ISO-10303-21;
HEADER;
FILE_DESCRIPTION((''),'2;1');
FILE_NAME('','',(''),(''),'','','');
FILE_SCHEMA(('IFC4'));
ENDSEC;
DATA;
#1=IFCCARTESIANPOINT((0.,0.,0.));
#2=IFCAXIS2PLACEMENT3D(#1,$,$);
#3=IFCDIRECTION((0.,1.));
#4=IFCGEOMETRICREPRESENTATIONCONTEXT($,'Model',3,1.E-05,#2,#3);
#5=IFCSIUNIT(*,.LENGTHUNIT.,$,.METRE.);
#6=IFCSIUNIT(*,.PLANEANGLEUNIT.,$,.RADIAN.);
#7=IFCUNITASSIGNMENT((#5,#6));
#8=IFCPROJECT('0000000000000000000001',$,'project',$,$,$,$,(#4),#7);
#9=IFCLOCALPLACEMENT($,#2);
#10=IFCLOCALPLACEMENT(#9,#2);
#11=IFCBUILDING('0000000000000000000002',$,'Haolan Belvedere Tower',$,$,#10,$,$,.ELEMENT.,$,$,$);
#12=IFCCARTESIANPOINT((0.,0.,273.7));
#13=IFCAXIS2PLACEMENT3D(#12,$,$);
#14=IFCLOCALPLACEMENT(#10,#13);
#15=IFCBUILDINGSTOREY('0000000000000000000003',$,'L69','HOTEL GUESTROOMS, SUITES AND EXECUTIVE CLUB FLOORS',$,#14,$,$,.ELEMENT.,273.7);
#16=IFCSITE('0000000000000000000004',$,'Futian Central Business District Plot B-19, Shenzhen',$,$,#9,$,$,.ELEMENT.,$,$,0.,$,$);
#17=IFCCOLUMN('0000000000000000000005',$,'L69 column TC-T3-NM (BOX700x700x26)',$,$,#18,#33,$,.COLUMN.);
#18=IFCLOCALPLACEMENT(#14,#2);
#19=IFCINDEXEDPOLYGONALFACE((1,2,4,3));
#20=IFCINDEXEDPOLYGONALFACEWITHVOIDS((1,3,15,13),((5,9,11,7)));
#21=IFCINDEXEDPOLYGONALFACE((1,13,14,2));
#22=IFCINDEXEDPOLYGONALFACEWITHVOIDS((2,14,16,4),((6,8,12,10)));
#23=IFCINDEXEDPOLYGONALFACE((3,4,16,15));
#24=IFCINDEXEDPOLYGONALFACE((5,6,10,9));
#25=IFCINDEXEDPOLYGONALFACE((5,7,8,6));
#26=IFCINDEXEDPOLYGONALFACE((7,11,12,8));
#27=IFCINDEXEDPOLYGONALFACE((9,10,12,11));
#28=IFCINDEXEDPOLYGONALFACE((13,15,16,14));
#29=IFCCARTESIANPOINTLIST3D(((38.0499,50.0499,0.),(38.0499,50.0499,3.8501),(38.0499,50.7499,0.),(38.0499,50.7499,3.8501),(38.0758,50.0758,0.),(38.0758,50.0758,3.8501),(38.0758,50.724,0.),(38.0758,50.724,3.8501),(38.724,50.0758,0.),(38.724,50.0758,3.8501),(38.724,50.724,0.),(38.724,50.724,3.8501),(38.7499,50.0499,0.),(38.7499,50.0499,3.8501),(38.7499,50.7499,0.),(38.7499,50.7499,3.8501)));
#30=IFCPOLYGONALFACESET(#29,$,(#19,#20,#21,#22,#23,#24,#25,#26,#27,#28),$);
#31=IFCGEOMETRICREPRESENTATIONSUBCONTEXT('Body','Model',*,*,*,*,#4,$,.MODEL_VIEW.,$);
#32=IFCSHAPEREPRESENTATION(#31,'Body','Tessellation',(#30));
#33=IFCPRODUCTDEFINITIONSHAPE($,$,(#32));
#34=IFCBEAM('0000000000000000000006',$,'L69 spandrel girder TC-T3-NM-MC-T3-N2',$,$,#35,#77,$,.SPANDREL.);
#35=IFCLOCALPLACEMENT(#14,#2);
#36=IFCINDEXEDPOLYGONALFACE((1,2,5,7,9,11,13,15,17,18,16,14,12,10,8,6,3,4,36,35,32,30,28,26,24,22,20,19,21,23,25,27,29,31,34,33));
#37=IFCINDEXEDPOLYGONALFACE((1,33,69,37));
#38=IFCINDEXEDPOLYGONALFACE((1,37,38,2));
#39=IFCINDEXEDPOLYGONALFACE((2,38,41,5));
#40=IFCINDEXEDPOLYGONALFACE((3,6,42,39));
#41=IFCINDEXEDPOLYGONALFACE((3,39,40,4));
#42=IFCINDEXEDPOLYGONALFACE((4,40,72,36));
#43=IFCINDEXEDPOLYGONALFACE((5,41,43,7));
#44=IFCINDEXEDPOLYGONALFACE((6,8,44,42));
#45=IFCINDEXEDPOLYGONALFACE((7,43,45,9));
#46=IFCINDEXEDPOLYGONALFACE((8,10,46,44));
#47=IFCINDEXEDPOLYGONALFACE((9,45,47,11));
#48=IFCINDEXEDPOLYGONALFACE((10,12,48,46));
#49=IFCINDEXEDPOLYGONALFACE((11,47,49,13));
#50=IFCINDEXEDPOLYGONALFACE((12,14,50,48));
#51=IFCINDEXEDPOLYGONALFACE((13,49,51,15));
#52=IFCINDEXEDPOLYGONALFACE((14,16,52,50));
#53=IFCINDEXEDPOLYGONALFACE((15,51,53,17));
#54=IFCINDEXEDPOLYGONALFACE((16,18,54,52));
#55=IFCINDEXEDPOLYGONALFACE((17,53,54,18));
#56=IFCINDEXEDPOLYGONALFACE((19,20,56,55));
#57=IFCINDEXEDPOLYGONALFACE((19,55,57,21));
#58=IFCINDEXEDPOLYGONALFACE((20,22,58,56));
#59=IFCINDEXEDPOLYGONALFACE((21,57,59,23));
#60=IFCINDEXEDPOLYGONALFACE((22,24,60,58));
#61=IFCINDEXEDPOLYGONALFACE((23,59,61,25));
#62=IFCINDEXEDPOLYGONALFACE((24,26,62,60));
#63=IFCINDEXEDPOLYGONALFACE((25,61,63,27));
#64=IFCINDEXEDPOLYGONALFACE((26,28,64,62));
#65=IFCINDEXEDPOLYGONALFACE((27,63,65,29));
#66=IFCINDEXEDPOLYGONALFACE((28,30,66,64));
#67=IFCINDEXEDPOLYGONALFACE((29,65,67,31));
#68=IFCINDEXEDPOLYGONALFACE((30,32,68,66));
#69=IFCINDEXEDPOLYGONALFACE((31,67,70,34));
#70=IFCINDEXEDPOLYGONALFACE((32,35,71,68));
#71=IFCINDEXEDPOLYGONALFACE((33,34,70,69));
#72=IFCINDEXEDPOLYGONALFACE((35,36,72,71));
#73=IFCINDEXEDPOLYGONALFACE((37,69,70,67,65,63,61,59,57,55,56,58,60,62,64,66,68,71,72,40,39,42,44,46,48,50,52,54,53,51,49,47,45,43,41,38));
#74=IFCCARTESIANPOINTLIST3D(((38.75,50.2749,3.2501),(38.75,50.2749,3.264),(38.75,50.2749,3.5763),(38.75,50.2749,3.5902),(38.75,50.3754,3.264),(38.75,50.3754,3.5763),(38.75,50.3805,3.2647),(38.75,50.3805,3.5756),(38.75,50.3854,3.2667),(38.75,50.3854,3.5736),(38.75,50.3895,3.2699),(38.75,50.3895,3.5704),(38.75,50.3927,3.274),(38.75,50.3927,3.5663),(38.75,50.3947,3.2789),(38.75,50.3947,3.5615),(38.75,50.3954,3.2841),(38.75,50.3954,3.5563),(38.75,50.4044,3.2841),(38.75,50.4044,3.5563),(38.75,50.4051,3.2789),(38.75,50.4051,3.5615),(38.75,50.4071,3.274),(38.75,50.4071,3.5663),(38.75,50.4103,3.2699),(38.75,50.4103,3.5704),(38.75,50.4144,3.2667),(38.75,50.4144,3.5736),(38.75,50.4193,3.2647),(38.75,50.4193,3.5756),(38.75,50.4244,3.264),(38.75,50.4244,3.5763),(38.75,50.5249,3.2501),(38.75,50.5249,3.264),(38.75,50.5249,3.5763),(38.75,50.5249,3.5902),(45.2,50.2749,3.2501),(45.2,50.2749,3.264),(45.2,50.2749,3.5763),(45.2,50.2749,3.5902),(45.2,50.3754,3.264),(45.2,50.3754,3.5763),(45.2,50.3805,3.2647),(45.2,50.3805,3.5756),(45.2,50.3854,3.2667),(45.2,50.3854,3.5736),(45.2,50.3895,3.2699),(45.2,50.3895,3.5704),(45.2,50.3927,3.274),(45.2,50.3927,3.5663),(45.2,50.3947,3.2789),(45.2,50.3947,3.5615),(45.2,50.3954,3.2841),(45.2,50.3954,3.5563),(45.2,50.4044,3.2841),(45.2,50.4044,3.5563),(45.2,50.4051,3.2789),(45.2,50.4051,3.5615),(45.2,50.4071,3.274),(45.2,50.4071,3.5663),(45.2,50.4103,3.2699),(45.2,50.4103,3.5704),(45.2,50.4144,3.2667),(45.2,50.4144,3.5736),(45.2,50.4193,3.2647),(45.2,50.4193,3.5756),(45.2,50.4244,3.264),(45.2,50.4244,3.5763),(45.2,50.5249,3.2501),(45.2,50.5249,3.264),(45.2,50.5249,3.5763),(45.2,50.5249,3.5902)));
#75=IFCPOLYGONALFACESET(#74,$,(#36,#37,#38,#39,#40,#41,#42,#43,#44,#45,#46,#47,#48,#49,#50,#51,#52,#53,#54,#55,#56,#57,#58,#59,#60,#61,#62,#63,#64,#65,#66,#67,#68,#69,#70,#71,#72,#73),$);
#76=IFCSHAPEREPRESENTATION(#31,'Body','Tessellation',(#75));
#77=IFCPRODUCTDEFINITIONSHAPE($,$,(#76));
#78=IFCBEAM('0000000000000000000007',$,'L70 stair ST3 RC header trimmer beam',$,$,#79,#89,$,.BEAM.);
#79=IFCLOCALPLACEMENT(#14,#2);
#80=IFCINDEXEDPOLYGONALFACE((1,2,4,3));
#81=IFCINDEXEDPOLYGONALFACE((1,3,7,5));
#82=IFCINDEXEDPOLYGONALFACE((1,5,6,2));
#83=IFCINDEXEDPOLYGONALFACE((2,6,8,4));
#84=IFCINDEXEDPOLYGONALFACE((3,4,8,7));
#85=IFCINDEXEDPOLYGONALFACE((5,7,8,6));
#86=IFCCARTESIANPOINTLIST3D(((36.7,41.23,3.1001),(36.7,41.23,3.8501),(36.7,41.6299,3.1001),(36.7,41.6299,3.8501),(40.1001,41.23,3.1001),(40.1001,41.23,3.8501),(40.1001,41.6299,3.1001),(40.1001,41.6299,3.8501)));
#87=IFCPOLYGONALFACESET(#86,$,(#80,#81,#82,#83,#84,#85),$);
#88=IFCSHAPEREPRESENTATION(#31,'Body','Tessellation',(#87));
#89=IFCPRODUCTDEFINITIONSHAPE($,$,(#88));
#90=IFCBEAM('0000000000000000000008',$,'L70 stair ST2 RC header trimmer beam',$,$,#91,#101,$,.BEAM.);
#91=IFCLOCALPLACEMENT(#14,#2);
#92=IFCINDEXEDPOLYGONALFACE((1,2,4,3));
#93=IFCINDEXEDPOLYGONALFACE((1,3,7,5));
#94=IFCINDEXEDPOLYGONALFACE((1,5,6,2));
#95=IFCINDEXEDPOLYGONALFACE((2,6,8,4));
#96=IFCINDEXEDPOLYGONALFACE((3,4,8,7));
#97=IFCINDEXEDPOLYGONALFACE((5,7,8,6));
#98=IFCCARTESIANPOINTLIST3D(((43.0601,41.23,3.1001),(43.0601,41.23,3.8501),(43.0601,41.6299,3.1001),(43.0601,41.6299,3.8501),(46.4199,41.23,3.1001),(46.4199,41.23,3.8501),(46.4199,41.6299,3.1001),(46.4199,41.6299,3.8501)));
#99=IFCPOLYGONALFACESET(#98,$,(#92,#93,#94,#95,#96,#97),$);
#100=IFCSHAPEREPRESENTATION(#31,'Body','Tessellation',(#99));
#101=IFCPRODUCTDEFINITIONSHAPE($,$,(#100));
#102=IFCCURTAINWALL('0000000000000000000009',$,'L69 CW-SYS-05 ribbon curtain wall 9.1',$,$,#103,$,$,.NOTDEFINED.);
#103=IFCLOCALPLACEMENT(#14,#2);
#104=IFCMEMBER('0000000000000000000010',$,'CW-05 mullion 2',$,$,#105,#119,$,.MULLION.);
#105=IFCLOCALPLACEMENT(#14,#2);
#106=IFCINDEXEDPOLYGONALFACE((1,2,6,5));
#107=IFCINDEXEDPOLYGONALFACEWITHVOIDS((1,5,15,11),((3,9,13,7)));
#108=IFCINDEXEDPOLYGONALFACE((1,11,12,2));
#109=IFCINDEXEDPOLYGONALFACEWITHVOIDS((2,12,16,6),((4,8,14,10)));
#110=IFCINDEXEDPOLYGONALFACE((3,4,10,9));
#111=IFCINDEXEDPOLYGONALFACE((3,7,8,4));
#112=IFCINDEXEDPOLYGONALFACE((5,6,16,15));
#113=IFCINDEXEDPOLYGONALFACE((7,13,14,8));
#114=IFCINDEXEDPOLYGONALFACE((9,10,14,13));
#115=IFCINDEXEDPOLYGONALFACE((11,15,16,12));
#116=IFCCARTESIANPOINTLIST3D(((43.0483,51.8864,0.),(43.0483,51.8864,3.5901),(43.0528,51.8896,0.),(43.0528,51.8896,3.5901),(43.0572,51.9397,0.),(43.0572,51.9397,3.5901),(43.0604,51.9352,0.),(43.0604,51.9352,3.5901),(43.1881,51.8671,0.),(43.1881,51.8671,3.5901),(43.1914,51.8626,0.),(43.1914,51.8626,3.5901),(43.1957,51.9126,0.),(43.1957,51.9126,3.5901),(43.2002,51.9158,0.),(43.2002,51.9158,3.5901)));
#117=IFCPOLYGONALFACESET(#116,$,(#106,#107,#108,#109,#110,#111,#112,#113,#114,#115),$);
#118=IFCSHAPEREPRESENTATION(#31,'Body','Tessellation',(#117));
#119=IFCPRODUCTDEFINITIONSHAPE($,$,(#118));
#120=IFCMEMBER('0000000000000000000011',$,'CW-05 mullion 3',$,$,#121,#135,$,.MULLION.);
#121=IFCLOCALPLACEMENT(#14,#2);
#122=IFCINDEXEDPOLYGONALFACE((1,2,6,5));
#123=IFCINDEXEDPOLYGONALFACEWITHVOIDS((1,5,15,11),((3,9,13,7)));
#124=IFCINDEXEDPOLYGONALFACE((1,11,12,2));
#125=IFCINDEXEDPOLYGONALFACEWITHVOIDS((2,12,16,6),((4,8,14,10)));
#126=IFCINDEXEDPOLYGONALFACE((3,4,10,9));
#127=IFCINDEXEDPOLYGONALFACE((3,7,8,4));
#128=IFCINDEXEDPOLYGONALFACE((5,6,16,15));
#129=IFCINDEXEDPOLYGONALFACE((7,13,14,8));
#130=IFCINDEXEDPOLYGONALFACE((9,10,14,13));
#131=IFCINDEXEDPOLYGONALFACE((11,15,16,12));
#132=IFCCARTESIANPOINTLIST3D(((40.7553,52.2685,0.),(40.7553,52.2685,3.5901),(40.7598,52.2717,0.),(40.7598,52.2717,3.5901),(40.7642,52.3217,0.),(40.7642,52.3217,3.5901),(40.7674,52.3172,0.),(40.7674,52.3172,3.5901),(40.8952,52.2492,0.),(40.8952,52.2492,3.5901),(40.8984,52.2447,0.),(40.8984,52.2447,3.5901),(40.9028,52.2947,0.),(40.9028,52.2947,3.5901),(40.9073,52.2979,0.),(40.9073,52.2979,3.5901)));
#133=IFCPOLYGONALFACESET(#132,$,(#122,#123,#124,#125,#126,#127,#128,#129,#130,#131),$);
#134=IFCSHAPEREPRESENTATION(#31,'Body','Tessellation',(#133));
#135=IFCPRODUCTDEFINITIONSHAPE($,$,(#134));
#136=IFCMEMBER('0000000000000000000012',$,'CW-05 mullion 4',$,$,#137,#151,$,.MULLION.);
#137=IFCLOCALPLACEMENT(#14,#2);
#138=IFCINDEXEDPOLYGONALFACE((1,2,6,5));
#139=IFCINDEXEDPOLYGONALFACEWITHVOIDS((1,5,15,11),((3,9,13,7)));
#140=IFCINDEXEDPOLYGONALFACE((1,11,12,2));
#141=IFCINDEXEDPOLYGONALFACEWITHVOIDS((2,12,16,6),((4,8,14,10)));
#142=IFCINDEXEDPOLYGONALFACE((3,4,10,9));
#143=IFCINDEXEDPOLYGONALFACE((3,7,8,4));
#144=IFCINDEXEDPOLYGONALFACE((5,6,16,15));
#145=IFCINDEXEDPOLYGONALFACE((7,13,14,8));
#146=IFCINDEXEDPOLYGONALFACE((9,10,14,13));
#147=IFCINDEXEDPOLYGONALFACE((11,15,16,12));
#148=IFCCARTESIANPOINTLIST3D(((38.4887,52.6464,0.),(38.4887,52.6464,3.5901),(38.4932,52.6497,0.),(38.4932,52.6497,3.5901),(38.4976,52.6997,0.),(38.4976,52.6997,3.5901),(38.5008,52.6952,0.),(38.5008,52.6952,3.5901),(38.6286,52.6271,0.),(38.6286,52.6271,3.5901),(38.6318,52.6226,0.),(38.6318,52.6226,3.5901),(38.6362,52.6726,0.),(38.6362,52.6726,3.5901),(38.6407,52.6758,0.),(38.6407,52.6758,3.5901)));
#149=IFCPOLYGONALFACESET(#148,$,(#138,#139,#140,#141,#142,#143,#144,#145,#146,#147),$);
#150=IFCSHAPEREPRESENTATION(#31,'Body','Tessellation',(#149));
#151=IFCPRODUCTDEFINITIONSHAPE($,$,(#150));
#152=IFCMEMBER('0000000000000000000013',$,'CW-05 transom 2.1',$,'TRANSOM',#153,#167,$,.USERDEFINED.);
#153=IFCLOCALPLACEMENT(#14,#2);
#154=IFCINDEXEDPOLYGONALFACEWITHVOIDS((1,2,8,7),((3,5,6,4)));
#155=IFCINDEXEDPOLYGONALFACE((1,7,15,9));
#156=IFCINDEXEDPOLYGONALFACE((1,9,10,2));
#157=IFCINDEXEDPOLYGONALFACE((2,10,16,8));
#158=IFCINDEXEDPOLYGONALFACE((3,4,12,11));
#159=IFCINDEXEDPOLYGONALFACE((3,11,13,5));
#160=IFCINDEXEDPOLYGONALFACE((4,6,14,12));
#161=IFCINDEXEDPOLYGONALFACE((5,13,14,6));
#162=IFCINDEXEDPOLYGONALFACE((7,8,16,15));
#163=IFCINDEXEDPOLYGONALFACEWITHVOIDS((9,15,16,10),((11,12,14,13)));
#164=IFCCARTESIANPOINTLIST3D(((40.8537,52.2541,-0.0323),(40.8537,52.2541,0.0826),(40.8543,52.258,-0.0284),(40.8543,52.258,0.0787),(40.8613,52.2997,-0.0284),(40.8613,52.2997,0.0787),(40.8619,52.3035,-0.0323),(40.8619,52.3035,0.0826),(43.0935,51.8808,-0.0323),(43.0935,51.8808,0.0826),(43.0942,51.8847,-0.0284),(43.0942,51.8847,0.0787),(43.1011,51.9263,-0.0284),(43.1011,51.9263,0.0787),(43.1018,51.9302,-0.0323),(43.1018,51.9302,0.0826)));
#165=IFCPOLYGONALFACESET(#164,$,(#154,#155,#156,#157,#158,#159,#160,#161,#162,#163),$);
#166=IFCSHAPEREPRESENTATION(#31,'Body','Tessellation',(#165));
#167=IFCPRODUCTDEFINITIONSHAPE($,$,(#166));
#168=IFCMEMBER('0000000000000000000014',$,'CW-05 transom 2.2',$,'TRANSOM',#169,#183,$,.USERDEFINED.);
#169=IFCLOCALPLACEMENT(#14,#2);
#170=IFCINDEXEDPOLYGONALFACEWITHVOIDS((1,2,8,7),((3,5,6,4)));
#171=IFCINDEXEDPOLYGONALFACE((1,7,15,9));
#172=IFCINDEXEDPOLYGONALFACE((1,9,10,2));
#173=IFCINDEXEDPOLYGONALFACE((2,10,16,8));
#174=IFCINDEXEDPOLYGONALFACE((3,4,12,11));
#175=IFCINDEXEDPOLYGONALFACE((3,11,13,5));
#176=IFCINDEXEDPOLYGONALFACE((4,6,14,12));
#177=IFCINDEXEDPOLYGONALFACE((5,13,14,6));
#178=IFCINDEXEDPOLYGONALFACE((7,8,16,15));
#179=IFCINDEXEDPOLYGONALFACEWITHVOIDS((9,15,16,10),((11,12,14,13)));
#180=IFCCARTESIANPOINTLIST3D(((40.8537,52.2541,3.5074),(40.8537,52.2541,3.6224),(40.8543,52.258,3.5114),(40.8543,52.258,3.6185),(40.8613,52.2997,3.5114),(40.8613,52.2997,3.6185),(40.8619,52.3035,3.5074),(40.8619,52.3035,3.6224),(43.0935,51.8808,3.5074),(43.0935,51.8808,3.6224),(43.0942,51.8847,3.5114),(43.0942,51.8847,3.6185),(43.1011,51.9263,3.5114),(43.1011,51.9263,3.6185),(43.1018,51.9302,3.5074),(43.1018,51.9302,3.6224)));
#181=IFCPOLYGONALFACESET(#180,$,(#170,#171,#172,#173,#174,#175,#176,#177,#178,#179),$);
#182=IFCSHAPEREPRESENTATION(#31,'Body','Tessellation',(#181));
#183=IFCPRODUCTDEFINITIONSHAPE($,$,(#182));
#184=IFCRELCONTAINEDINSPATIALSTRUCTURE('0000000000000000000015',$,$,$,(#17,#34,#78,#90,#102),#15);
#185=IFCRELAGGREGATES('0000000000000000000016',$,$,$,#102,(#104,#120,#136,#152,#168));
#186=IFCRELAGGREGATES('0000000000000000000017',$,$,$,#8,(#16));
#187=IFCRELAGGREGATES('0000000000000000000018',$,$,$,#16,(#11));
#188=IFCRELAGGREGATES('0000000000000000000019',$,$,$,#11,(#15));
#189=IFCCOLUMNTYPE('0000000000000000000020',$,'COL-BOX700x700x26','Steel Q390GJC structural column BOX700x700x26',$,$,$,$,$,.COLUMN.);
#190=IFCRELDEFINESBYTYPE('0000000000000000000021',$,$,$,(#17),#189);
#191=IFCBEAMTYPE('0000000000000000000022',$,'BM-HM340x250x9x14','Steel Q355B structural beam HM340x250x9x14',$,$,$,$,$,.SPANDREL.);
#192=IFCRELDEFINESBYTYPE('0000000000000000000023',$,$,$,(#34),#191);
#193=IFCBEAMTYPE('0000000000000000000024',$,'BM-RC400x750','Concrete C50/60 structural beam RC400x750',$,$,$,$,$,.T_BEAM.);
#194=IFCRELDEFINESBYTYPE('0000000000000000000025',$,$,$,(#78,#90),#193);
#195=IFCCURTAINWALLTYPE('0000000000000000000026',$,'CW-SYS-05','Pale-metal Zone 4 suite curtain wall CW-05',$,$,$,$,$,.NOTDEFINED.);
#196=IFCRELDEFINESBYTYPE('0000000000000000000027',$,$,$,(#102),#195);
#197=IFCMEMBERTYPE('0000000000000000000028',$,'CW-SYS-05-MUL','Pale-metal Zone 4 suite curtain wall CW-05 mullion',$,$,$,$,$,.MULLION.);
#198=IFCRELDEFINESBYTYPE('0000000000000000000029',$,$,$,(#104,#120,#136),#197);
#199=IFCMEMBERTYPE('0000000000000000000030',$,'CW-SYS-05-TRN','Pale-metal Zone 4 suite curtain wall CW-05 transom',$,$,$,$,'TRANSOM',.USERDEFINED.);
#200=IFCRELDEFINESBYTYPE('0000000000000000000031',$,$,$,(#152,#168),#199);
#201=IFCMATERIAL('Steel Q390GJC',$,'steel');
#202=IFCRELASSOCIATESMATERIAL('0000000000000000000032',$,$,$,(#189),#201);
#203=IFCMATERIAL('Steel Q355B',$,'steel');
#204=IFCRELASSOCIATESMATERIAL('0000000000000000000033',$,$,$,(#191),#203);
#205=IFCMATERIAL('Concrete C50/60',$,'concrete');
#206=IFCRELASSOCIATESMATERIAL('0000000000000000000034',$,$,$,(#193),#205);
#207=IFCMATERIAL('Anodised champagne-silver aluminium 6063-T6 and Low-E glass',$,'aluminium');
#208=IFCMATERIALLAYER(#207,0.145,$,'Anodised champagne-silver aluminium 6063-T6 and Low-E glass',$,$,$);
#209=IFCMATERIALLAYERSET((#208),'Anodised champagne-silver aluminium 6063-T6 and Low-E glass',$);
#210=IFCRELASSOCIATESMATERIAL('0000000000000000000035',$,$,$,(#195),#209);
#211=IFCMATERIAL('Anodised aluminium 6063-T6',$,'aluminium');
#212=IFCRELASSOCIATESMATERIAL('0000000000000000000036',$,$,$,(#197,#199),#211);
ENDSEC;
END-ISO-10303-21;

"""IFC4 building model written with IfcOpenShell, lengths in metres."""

from ifc_helpers import new_model, si_unit, direction, frame, origin, origin_2d, place, context, subcontext, project, spatial, rectangle, hollow_rectangle, i_section, extrude, material, layer, layer_set, material_profile, profile_set, type_object, element, aggregate, save


model = new_model("IFC4")

# Units and contexts
model_context = context("Model", 3, precision=1e-05, world=origin(), true_north=direction((0.0, 1.0)))
body_context = subcontext(model_context, "Body", "Model", "MODEL_VIEW")
ifc_project = project(units=[si_unit("LENGTHUNIT", "METRE"), si_unit("PLANEANGLEUNIT", "RADIAN")], contexts=[model_context])

# Site, building, storey
site_placement = place(None, origin())
site = spatial("IfcSite", under=ifc_project, at=site_placement, Name="Futian Central Business District Plot B-19, Shenzhen", CompositionType="ELEMENT", RefElevation=0.0)
building_placement = place(site_placement, origin())
building = spatial("IfcBuilding", under=site, at=building_placement, Name="Haolan Belvedere Tower", CompositionType="ELEMENT")
storey_placement = place(building_placement, frame((0.0, 0.0, 273.7)))
storey = spatial("IfcBuildingStorey", under=building, at=storey_placement, Name="L69", Description="HOTEL GUESTROOMS, SUITES AND EXECUTIVE CLUB FLOORS", CompositionType="ELEMENT", Elevation=273.7)

# Column
ifc_material_1 = material(Name="Steel Q390GJC", Category="steel")
ifc_material_profile_1 = material_profile(ifc_material_1, hollow_rectangle(XDim=0.7, YDim=0.7, WallThickness=0.0259, at=origin_2d()), Name="Steel Q390GJC")
ifc_profile_set_1 = profile_set([ifc_material_profile_1], Name="Steel Q390GJC")
column_type = type_object("IfcColumnType", Name="COL-BOX700x700x26", Description="Steel Q390GJC structural column BOX700x700x26", PredefinedType="COLUMN", material=ifc_profile_set_1)
column_placement = place(storey_placement, frame((38.3999, 50.3999, 0.0), z_axis=(0.0, 0.0, 1.0), x_axis=(1.0, 0.0, 0.0)))
element("IfcColumn", 1, at=column_placement, inside=storey, type_object=column_type, Name="L69 column TC-T3-NM (BOX700x700x26)", PredefinedType="COLUMN", context=body_context, shape_type="SweptSolid", body=[
    extrude(hollow_rectangle(XDim=0.7, YDim=0.7, WallThickness=0.0259, at=origin_2d()), origin(), (0.0, 0.0, 1.0), 3.8501),
])

# Beams
ifc_material_2 = material(Name="Steel Q355B", Category="steel")
ifc_material_profile_2 = material_profile(ifc_material_2, i_section(OverallWidth=0.25, OverallDepth=0.3401, WebThickness=0.009, FlangeThickness=0.0139, FilletRadius=0.02, at=origin_2d()), Name="Steel Q355B")
ifc_profile_set_2 = profile_set([ifc_material_profile_2], Name="Steel Q355B")
beam_type_1 = type_object("IfcBeamType", Name="BM-HM340x250x9x14", Description="Steel Q355B structural beam HM340x250x9x14", PredefinedType="SPANDREL", material=ifc_profile_set_2)
beam_1_placement = place(storey_placement, frame((38.75, 50.3999, 3.4202), z_axis=(1.0, 0.0, 0.0), x_axis=(0.0, 1.0, 0.0)))
element("IfcBeam", 2, at=beam_1_placement, inside=storey, type_object=beam_type_1, Name="L69 spandrel girder TC-T3-NM-MC-T3-N2", PredefinedType="SPANDREL", context=body_context, shape_type="SweptSolid", body=[
    extrude(i_section(OverallWidth=0.25, OverallDepth=0.3401, WebThickness=0.009, FlangeThickness=0.0139, FilletRadius=0.02, at=origin_2d()), origin(), (0.0, 0.0, 1.0), 6.45),
])
ifc_material_3 = material(Name="Concrete C50/60", Category="concrete")
ifc_material_profile_3 = material_profile(ifc_material_3, rectangle(XDim=0.3999, YDim=0.75, at=origin_2d()), Name="Concrete C50/60")
ifc_profile_set_3 = profile_set([ifc_material_profile_3], Name="Concrete C50/60")
beam_type_2 = type_object("IfcBeamType", Name="BM-RC400x750", Description="Concrete C50/60 structural beam RC400x750", PredefinedType="T_BEAM", material=ifc_profile_set_3)
beam_2_placement = place(storey_placement, frame((36.7, 41.4299, 3.4751), z_axis=(1.0, 0.0, 0.0), x_axis=(0.0, 1.0, 0.0)))
element("IfcBeam", 3, at=beam_2_placement, inside=storey, type_object=beam_type_2, Name="L70 stair ST3 RC header trimmer beam", PredefinedType="BEAM", context=body_context, shape_type="SweptSolid", body=[
    extrude(rectangle(XDim=0.3999, YDim=0.75, at=origin_2d()), origin(), (0.0, 0.0, 1.0), 3.4001),
])
beam_3_placement = place(storey_placement, frame((43.0601, 41.4299, 3.4751), z_axis=(1.0, 0.0, 0.0), x_axis=(0.0, 1.0, 0.0)))
element("IfcBeam", 4, at=beam_3_placement, inside=storey, type_object=beam_type_2, Name="L70 stair ST2 RC header trimmer beam", PredefinedType="BEAM", context=body_context, shape_type="SweptSolid", body=[
    extrude(rectangle(XDim=0.3999, YDim=0.75, at=origin_2d()), origin(), (0.0, 0.0, 1.0), 3.3599),
])

# Curtain wall, members
ifc_material_4 = material(Name="Anodised champagne-silver aluminium 6063-T6 and Low-E glass", Category="aluminium")
ifc_layer_1 = layer(ifc_material_4, 0.145, Name="Anodised champagne-silver aluminium 6063-T6 and Low-E glass")
ifc_layer_set_1 = layer_set([ifc_layer_1], Name="Anodised champagne-silver aluminium 6063-T6 and Low-E glass")
curtain_wall_type = type_object("IfcCurtainWallType", Name="CW-SYS-05", Description="Pale-metal Zone 4 suite curtain wall CW-05", PredefinedType="NOTDEFINED", material=ifc_layer_set_1)
curtain_wall_placement = place(storey_placement, origin())
curtain_wall = element("IfcCurtainWall", 5, at=curtain_wall_placement, inside=storey, type_object=curtain_wall_type, Name="L69 CW-SYS-05 ribbon curtain wall 9.1", PredefinedType="NOTDEFINED")
ifc_material_5 = material(Name="Anodised aluminium 6063-T6", Category="aluminium")
ifc_material_profile_4 = material_profile(ifc_material_5, hollow_rectangle(XDim=0.054, YDim=0.145, WallThickness=0.0039, at=origin_2d()), Name="Anodised aluminium 6063-T6")
ifc_profile_set_4 = profile_set([ifc_material_profile_4], Name="Anodised aluminium 6063-T6")
member_type_1 = type_object("IfcMemberType", Name="CW-SYS-05-MUL", Description="Pale-metal Zone 4 suite curtain wall CW-05 mullion", PredefinedType="MULLION", material=ifc_profile_set_4)
member_1_placement = place(storey_placement, frame((43.1243, 51.9011, 0.0), z_axis=(0.0, 0.0, 1.0), x_axis=(-0.164406, -0.986393, 0.0)))
member_1 = element("IfcMember", 6, at=member_1_placement, type_object=member_type_1, Name="CW-05 mullion 2", PredefinedType="MULLION", context=body_context, shape_type="SweptSolid", body=[
    extrude(hollow_rectangle(XDim=0.054, YDim=0.145, WallThickness=0.0039, at=origin_2d()), origin(), (0.0, 0.0, 1.0), 3.5901),
])
member_2_placement = place(storey_placement, frame((40.8313, 52.2832, 0.0), z_axis=(0.0, 0.0, 1.0), x_axis=(-0.164406, -0.986393, 0.0)))
member_2 = element("IfcMember", 7, at=member_2_placement, type_object=member_type_1, Name="CW-05 mullion 3", PredefinedType="MULLION", context=body_context, shape_type="SweptSolid", body=[
    extrude(hollow_rectangle(XDim=0.054, YDim=0.145, WallThickness=0.0039, at=origin_2d()), origin(), (0.0, 0.0, 1.0), 3.5901),
])
member_3_placement = place(storey_placement, frame((38.5647, 52.6611, 0.0), z_axis=(0.0, 0.0, 1.0), x_axis=(-0.164406, -0.986393, 0.0)))
member_3 = element("IfcMember", 8, at=member_3_placement, type_object=member_type_1, Name="CW-05 mullion 4", PredefinedType="MULLION", context=body_context, shape_type="SweptSolid", body=[
    extrude(hollow_rectangle(XDim=0.054, YDim=0.145, WallThickness=0.0039, at=origin_2d()), origin(), (0.0, 0.0, 1.0), 3.5901),
])
ifc_material_profile_5 = material_profile(ifc_material_5, hollow_rectangle(XDim=0.05, YDim=0.115, WallThickness=0.0039, at=origin_2d()), Name="Anodised aluminium 6063-T6")
ifc_profile_set_5 = profile_set([ifc_material_profile_5], Name="Anodised aluminium 6063-T6")
member_type_2 = type_object("IfcMemberType", Name="CW-SYS-05-TRN", Description="Pale-metal Zone 4 suite curtain wall CW-05 transom", ElementType="TRANSOM", PredefinedType="USERDEFINED", material=ifc_profile_set_5)
member_4_placement = place(storey_placement, frame((43.0977, 51.9055, 0.0251), z_axis=(-0.986394, 0.164399, 0.0), x_axis=(-0.164399, -0.986394, 0.0)))
member_4 = element("IfcMember", 9, at=member_4_placement, type_object=member_type_2, Name="CW-05 transom 2.1", ObjectType="TRANSOM", PredefinedType="USERDEFINED", context=body_context, shape_type="SweptSolid", body=[
    extrude(hollow_rectangle(XDim=0.05, YDim=0.115, WallThickness=0.0039, at=origin_2d()), origin(), (0.0, 0.0, 1.0), 2.2708),
])
member_5_placement = place(storey_placement, frame((43.0977, 51.9055, 3.5649), z_axis=(-0.986394, 0.164399, 0.0), x_axis=(-0.164399, -0.986394, 0.0)))
member_5 = element("IfcMember", 10, at=member_5_placement, type_object=member_type_2, Name="CW-05 transom 2.2", ObjectType="TRANSOM", PredefinedType="USERDEFINED", context=body_context, shape_type="SweptSolid", body=[
    extrude(hollow_rectangle(XDim=0.05, YDim=0.115, WallThickness=0.0039, at=origin_2d()), origin(), (0.0, 0.0, 1.0), 2.2708),
])
aggregate(curtain_wall, [member_1, member_2, member_3, member_4, member_5])

save(model, "model.ifc")
